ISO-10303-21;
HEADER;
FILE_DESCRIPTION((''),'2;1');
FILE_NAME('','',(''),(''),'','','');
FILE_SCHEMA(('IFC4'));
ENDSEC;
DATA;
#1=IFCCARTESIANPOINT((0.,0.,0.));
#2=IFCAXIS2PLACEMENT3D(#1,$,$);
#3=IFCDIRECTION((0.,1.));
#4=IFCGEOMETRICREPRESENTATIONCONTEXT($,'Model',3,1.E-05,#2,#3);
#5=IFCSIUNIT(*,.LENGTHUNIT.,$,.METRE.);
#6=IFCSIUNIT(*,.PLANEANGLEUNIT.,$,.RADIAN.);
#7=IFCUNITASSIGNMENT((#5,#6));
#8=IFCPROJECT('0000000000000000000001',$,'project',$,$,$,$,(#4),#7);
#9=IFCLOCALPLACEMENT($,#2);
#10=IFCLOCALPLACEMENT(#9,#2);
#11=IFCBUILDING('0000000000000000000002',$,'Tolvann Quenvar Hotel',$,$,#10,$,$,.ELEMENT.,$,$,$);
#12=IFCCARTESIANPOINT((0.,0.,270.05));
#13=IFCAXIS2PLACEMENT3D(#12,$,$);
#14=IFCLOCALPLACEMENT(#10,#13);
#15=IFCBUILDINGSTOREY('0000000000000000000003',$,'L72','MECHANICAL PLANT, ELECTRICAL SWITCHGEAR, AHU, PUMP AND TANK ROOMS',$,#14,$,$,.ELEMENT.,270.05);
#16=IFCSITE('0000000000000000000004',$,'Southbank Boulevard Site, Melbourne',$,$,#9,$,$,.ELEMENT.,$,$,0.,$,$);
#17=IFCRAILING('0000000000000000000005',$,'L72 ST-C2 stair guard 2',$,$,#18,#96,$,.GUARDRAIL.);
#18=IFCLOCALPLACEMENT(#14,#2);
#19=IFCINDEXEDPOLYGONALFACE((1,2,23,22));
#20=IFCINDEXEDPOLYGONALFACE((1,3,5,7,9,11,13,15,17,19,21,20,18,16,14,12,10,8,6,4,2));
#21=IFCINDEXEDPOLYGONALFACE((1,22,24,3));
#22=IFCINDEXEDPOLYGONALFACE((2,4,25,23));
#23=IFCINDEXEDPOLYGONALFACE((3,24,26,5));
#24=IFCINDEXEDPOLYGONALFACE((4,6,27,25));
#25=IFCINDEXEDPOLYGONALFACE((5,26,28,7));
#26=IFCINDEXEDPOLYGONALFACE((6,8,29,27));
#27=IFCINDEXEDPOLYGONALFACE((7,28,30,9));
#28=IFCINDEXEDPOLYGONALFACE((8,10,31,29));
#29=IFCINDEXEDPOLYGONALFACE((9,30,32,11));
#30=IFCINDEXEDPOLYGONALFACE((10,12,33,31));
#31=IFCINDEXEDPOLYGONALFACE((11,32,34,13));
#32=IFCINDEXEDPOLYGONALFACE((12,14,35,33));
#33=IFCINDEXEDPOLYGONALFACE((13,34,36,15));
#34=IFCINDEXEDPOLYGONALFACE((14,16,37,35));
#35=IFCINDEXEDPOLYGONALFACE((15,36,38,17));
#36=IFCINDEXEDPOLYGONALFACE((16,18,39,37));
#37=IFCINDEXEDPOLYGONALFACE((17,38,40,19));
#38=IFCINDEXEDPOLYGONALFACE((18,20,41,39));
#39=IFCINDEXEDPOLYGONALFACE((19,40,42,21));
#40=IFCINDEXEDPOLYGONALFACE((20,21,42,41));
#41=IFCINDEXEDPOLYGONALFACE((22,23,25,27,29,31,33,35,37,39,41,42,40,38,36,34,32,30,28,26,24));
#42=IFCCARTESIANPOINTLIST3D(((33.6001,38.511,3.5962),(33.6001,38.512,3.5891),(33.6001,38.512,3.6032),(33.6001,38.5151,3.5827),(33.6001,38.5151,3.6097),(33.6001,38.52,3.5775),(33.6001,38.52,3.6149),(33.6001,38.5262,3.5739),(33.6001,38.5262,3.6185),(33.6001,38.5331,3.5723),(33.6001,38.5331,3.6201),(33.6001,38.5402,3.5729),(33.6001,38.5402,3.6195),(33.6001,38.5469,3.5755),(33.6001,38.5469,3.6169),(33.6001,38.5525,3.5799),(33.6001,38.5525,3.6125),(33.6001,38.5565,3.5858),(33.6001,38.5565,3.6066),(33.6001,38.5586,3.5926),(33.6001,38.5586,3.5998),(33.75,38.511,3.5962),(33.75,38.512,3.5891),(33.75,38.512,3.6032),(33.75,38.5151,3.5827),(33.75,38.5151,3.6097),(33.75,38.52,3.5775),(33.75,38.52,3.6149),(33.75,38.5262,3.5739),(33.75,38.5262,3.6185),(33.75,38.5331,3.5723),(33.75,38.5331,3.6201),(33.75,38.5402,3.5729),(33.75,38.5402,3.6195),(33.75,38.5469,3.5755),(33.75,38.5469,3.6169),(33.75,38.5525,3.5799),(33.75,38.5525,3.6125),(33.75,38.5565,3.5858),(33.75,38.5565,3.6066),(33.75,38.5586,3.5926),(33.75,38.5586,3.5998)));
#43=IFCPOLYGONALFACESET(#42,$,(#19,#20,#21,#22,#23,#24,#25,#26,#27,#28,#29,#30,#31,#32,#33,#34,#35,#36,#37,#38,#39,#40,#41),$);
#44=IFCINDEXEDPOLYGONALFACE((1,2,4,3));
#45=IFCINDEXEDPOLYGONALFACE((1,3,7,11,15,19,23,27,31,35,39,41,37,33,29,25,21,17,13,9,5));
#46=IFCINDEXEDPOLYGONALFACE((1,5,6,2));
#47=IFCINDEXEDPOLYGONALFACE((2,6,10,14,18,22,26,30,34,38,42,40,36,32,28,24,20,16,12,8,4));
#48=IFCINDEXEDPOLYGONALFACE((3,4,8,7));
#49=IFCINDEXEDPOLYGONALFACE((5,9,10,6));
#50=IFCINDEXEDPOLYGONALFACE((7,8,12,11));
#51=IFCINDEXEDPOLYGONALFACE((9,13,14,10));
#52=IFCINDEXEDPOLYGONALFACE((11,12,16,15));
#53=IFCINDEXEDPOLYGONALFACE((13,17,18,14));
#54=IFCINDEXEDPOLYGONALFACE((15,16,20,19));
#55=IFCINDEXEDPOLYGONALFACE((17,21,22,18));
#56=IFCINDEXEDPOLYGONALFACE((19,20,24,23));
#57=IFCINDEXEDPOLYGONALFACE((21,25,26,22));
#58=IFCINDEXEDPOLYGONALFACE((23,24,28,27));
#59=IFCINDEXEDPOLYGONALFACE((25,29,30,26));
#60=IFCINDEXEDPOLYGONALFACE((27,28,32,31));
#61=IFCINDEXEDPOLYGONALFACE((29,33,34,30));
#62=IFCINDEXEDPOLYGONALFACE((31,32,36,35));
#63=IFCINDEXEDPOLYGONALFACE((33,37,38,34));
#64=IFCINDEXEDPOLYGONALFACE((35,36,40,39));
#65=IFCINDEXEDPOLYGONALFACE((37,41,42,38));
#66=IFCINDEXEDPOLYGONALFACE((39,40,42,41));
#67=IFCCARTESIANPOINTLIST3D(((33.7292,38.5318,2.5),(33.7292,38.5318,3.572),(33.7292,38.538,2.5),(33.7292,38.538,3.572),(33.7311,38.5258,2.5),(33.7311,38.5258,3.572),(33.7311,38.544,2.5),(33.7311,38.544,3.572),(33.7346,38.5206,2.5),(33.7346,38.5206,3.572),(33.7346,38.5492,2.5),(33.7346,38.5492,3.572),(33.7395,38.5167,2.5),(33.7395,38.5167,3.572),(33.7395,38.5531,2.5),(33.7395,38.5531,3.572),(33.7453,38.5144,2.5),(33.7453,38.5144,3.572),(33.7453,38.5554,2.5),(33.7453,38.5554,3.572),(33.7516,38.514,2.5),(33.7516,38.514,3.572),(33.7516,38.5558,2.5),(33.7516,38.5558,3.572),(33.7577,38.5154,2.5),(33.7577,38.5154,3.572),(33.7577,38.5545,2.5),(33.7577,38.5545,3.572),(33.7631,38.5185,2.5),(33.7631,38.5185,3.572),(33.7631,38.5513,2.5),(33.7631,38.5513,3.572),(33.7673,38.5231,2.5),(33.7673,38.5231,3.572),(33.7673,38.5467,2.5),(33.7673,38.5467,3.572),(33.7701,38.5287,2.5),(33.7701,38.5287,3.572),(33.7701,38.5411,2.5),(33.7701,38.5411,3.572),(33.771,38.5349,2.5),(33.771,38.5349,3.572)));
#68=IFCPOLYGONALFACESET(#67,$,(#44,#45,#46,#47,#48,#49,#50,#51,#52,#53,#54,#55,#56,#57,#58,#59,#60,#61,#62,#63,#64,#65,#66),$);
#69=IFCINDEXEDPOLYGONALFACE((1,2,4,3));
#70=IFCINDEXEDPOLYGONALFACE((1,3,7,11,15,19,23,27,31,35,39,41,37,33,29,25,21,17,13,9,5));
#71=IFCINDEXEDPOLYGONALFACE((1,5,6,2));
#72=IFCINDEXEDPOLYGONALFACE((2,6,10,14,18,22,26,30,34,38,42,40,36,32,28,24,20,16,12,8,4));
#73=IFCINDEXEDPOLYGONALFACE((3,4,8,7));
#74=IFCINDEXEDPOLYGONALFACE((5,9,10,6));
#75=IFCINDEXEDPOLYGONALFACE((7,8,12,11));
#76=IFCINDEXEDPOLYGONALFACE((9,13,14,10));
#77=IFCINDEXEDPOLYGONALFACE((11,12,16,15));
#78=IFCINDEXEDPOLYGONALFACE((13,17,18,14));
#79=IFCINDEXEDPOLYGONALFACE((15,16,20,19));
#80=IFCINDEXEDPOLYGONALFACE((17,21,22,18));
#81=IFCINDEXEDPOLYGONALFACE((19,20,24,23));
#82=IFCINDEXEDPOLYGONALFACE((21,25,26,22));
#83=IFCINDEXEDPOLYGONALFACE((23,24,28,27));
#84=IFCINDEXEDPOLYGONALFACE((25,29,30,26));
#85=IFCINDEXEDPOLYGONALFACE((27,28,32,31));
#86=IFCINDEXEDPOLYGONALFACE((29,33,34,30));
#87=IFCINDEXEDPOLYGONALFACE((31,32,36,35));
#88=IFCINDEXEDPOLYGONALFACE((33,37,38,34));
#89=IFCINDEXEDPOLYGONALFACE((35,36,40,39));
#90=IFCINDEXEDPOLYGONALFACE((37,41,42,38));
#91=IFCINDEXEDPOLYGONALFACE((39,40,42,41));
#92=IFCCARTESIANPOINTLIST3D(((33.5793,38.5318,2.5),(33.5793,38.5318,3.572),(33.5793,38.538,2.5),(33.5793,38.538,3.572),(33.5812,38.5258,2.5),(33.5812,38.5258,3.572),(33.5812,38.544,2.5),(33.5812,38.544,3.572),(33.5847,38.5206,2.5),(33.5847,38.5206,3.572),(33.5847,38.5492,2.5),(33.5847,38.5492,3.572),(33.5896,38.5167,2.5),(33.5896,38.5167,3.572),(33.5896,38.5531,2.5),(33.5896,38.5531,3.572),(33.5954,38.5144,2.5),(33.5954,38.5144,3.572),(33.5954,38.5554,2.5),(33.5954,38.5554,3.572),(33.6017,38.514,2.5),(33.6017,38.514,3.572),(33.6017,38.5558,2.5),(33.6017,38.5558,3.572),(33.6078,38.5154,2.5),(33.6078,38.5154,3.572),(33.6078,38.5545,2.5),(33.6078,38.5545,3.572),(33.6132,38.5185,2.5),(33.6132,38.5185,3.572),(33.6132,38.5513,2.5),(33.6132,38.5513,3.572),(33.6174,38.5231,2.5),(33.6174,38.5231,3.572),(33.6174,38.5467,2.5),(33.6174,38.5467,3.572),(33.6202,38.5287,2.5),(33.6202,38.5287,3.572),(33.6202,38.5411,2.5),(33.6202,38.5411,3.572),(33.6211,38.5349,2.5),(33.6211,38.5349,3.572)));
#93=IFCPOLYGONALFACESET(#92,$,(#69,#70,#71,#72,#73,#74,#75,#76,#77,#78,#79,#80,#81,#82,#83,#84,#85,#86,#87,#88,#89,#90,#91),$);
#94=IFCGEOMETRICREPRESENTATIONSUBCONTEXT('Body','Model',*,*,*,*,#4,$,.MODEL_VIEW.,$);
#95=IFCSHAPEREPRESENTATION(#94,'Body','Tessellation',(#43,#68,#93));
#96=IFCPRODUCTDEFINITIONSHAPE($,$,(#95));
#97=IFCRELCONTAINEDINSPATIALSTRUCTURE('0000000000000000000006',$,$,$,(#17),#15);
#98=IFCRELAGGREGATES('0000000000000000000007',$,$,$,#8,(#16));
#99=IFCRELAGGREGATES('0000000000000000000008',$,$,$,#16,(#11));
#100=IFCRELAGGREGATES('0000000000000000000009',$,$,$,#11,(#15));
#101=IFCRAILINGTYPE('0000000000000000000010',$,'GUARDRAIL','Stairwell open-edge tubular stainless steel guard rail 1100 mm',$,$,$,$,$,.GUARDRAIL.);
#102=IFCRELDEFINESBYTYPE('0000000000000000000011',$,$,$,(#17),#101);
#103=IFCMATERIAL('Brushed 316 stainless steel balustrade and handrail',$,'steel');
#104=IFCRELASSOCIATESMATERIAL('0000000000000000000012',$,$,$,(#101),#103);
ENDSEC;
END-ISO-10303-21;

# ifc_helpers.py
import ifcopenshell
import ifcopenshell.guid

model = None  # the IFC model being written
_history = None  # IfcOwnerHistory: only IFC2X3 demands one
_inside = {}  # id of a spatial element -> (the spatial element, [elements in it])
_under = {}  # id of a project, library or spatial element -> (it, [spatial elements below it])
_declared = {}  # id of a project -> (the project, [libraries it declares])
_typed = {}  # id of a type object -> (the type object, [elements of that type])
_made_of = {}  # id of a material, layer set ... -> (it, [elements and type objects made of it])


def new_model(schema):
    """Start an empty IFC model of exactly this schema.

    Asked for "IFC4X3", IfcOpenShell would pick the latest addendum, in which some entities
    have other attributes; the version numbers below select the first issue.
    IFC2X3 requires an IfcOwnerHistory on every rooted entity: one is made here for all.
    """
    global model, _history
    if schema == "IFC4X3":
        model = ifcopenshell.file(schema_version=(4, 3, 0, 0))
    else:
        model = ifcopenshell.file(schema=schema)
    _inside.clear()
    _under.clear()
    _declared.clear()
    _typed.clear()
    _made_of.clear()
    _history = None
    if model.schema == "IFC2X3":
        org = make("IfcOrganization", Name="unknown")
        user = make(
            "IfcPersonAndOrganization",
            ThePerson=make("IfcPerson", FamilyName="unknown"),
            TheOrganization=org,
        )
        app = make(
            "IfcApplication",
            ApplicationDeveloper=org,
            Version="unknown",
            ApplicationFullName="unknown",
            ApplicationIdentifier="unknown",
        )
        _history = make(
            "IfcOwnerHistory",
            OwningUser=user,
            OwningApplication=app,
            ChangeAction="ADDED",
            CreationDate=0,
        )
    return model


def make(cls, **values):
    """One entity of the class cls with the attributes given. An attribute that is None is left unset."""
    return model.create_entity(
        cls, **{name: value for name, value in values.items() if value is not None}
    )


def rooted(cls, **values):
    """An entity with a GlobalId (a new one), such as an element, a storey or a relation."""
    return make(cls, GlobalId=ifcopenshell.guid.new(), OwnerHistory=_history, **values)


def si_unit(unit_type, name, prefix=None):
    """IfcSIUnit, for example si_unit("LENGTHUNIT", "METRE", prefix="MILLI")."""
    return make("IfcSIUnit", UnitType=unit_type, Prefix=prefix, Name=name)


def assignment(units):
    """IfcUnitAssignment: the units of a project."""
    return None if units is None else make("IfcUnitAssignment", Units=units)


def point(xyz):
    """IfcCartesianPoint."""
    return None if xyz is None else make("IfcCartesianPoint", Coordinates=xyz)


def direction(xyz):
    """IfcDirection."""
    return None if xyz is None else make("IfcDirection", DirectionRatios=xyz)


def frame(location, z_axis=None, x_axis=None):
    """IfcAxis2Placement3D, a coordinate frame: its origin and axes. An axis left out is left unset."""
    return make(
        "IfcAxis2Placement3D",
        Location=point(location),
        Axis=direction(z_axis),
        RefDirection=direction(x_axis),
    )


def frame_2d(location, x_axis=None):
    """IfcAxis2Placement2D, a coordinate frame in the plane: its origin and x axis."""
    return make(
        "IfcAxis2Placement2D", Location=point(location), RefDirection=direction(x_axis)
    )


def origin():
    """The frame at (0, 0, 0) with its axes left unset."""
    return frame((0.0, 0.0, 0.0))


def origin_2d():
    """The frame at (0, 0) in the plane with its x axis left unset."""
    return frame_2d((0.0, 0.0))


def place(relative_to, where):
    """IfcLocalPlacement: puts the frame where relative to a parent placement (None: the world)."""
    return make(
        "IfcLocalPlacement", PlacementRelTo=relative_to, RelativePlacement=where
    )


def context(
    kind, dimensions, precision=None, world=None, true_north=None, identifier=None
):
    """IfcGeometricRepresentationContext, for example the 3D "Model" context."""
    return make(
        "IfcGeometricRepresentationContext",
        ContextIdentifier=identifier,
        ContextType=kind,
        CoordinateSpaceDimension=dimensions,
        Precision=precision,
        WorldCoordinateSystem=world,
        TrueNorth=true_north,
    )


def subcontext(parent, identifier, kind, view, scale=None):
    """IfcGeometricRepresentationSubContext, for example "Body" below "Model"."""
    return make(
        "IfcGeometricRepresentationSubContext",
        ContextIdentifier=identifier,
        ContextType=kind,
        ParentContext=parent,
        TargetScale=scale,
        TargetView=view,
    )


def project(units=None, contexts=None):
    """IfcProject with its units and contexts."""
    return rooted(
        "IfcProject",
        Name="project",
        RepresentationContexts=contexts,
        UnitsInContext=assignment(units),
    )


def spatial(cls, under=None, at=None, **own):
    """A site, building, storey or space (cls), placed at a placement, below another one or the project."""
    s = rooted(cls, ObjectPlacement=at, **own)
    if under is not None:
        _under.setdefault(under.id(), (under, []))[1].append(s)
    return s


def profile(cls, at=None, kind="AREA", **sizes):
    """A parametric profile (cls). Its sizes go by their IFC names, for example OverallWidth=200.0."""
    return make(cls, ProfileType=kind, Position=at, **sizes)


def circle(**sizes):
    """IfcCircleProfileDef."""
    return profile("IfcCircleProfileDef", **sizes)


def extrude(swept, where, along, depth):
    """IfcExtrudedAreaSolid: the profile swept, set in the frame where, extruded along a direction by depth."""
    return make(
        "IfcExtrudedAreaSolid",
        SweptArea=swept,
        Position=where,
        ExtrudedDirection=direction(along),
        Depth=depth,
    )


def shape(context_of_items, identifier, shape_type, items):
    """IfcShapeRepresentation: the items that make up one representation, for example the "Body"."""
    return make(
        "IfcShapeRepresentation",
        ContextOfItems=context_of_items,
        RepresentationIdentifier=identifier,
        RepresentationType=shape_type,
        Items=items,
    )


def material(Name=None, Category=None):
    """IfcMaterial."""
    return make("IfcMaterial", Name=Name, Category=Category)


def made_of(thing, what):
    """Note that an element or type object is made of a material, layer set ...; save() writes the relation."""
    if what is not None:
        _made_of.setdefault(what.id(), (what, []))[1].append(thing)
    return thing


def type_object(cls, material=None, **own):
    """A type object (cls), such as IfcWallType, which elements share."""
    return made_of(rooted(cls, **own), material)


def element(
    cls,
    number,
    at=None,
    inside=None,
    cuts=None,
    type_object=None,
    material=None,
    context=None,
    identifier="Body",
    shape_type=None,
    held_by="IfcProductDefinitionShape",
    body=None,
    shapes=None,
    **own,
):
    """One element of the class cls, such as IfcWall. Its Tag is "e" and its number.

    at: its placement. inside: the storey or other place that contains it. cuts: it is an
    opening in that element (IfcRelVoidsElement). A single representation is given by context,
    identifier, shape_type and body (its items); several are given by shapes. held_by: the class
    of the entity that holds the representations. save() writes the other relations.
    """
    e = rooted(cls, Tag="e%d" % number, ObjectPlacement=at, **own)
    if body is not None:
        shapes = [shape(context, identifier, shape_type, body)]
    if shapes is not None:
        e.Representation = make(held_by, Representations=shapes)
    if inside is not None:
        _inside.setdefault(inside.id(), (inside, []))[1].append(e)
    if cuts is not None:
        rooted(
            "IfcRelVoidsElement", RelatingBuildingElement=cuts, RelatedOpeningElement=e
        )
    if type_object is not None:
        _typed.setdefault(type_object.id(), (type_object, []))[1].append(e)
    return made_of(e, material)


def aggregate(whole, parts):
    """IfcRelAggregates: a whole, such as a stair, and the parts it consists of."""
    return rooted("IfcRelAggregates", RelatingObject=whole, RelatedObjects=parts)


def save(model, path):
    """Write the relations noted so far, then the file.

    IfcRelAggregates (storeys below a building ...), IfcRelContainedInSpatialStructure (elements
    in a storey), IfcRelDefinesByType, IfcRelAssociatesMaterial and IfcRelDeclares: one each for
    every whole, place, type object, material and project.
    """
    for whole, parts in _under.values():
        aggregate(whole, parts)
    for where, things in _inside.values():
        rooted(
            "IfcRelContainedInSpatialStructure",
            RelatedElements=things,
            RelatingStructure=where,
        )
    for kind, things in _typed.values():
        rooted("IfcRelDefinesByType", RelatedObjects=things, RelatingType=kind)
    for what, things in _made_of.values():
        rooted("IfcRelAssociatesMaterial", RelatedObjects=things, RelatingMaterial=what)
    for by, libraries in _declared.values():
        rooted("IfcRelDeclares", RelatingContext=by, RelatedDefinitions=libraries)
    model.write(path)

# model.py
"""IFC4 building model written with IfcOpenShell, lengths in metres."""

from ifc_helpers import new_model, si_unit, direction, frame, origin, origin_2d, place, context, subcontext, project, spatial, circle, extrude, material, type_object, element, save


model = new_model("IFC4")

# Units and contexts
model_context = context("Model", 3, precision=1e-05, world=origin(), true_north=direction((0.0, 1.0)))
body_context = subcontext(model_context, "Body", "Model", "MODEL_VIEW")
ifc_project = project(units=[si_unit("LENGTHUNIT", "METRE"), si_unit("PLANEANGLEUNIT", "RADIAN")], contexts=[model_context])

# Site, building, storey
site_placement = place(None, origin())
site = spatial("IfcSite", under=ifc_project, at=site_placement, Name="Southbank Boulevard Site, Melbourne", CompositionType="ELEMENT", RefElevation=0.0)
building_placement = place(site_placement, origin())
building = spatial("IfcBuilding", under=site, at=building_placement, Name="Tolvann Quenvar Hotel", CompositionType="ELEMENT")
storey_placement = place(building_placement, frame((0.0, 0.0, 270.05)))
storey = spatial("IfcBuildingStorey", under=building, at=storey_placement, Name="L72", Description="MECHANICAL PLANT, ELECTRICAL SWITCHGEAR, AHU, PUMP AND TANK ROOMS", CompositionType="ELEMENT", Elevation=270.05)

# Railing
ifc_material_1 = material(Name="Brushed 316 stainless steel balustrade and handrail", Category="steel")
railing_type_1 = type_object("IfcRailingType", Name="GUARDRAIL", Description="Stairwell open-edge tubular stainless steel guard rail 1100 mm", PredefinedType="GUARDRAIL", material=ifc_material_1)
railing_1_placement = place(storey_placement, frame((33.75, 38.5349, 2.5)))
element("IfcRailing", 1, at=railing_1_placement, inside=storey, type_object=railing_type_1, Name="L72 ST-C2 stair guard 2", PredefinedType="GUARDRAIL", context=body_context, shape_type="SweptSolid", body=[
    extrude(circle(Radius=0.0239, at=origin_2d()), frame((0.0, 0.0, 1.0962), z_axis=(-1.0, 0.0, 0.0), x_axis=(0.0, -1.0, 0.0)), (0.0, 0.0, 1.0), 0.1499),
    extrude(circle(Radius=0.021, at=origin_2d()), origin(), (0.0, 0.0, 1.0), 1.072),
    extrude(circle(Radius=0.021, at=origin_2d()), frame((-0.1499, 0.0, 0.0)), (0.0, 0.0, 1.0), 1.072),
])

save(model, "model.ifc")
